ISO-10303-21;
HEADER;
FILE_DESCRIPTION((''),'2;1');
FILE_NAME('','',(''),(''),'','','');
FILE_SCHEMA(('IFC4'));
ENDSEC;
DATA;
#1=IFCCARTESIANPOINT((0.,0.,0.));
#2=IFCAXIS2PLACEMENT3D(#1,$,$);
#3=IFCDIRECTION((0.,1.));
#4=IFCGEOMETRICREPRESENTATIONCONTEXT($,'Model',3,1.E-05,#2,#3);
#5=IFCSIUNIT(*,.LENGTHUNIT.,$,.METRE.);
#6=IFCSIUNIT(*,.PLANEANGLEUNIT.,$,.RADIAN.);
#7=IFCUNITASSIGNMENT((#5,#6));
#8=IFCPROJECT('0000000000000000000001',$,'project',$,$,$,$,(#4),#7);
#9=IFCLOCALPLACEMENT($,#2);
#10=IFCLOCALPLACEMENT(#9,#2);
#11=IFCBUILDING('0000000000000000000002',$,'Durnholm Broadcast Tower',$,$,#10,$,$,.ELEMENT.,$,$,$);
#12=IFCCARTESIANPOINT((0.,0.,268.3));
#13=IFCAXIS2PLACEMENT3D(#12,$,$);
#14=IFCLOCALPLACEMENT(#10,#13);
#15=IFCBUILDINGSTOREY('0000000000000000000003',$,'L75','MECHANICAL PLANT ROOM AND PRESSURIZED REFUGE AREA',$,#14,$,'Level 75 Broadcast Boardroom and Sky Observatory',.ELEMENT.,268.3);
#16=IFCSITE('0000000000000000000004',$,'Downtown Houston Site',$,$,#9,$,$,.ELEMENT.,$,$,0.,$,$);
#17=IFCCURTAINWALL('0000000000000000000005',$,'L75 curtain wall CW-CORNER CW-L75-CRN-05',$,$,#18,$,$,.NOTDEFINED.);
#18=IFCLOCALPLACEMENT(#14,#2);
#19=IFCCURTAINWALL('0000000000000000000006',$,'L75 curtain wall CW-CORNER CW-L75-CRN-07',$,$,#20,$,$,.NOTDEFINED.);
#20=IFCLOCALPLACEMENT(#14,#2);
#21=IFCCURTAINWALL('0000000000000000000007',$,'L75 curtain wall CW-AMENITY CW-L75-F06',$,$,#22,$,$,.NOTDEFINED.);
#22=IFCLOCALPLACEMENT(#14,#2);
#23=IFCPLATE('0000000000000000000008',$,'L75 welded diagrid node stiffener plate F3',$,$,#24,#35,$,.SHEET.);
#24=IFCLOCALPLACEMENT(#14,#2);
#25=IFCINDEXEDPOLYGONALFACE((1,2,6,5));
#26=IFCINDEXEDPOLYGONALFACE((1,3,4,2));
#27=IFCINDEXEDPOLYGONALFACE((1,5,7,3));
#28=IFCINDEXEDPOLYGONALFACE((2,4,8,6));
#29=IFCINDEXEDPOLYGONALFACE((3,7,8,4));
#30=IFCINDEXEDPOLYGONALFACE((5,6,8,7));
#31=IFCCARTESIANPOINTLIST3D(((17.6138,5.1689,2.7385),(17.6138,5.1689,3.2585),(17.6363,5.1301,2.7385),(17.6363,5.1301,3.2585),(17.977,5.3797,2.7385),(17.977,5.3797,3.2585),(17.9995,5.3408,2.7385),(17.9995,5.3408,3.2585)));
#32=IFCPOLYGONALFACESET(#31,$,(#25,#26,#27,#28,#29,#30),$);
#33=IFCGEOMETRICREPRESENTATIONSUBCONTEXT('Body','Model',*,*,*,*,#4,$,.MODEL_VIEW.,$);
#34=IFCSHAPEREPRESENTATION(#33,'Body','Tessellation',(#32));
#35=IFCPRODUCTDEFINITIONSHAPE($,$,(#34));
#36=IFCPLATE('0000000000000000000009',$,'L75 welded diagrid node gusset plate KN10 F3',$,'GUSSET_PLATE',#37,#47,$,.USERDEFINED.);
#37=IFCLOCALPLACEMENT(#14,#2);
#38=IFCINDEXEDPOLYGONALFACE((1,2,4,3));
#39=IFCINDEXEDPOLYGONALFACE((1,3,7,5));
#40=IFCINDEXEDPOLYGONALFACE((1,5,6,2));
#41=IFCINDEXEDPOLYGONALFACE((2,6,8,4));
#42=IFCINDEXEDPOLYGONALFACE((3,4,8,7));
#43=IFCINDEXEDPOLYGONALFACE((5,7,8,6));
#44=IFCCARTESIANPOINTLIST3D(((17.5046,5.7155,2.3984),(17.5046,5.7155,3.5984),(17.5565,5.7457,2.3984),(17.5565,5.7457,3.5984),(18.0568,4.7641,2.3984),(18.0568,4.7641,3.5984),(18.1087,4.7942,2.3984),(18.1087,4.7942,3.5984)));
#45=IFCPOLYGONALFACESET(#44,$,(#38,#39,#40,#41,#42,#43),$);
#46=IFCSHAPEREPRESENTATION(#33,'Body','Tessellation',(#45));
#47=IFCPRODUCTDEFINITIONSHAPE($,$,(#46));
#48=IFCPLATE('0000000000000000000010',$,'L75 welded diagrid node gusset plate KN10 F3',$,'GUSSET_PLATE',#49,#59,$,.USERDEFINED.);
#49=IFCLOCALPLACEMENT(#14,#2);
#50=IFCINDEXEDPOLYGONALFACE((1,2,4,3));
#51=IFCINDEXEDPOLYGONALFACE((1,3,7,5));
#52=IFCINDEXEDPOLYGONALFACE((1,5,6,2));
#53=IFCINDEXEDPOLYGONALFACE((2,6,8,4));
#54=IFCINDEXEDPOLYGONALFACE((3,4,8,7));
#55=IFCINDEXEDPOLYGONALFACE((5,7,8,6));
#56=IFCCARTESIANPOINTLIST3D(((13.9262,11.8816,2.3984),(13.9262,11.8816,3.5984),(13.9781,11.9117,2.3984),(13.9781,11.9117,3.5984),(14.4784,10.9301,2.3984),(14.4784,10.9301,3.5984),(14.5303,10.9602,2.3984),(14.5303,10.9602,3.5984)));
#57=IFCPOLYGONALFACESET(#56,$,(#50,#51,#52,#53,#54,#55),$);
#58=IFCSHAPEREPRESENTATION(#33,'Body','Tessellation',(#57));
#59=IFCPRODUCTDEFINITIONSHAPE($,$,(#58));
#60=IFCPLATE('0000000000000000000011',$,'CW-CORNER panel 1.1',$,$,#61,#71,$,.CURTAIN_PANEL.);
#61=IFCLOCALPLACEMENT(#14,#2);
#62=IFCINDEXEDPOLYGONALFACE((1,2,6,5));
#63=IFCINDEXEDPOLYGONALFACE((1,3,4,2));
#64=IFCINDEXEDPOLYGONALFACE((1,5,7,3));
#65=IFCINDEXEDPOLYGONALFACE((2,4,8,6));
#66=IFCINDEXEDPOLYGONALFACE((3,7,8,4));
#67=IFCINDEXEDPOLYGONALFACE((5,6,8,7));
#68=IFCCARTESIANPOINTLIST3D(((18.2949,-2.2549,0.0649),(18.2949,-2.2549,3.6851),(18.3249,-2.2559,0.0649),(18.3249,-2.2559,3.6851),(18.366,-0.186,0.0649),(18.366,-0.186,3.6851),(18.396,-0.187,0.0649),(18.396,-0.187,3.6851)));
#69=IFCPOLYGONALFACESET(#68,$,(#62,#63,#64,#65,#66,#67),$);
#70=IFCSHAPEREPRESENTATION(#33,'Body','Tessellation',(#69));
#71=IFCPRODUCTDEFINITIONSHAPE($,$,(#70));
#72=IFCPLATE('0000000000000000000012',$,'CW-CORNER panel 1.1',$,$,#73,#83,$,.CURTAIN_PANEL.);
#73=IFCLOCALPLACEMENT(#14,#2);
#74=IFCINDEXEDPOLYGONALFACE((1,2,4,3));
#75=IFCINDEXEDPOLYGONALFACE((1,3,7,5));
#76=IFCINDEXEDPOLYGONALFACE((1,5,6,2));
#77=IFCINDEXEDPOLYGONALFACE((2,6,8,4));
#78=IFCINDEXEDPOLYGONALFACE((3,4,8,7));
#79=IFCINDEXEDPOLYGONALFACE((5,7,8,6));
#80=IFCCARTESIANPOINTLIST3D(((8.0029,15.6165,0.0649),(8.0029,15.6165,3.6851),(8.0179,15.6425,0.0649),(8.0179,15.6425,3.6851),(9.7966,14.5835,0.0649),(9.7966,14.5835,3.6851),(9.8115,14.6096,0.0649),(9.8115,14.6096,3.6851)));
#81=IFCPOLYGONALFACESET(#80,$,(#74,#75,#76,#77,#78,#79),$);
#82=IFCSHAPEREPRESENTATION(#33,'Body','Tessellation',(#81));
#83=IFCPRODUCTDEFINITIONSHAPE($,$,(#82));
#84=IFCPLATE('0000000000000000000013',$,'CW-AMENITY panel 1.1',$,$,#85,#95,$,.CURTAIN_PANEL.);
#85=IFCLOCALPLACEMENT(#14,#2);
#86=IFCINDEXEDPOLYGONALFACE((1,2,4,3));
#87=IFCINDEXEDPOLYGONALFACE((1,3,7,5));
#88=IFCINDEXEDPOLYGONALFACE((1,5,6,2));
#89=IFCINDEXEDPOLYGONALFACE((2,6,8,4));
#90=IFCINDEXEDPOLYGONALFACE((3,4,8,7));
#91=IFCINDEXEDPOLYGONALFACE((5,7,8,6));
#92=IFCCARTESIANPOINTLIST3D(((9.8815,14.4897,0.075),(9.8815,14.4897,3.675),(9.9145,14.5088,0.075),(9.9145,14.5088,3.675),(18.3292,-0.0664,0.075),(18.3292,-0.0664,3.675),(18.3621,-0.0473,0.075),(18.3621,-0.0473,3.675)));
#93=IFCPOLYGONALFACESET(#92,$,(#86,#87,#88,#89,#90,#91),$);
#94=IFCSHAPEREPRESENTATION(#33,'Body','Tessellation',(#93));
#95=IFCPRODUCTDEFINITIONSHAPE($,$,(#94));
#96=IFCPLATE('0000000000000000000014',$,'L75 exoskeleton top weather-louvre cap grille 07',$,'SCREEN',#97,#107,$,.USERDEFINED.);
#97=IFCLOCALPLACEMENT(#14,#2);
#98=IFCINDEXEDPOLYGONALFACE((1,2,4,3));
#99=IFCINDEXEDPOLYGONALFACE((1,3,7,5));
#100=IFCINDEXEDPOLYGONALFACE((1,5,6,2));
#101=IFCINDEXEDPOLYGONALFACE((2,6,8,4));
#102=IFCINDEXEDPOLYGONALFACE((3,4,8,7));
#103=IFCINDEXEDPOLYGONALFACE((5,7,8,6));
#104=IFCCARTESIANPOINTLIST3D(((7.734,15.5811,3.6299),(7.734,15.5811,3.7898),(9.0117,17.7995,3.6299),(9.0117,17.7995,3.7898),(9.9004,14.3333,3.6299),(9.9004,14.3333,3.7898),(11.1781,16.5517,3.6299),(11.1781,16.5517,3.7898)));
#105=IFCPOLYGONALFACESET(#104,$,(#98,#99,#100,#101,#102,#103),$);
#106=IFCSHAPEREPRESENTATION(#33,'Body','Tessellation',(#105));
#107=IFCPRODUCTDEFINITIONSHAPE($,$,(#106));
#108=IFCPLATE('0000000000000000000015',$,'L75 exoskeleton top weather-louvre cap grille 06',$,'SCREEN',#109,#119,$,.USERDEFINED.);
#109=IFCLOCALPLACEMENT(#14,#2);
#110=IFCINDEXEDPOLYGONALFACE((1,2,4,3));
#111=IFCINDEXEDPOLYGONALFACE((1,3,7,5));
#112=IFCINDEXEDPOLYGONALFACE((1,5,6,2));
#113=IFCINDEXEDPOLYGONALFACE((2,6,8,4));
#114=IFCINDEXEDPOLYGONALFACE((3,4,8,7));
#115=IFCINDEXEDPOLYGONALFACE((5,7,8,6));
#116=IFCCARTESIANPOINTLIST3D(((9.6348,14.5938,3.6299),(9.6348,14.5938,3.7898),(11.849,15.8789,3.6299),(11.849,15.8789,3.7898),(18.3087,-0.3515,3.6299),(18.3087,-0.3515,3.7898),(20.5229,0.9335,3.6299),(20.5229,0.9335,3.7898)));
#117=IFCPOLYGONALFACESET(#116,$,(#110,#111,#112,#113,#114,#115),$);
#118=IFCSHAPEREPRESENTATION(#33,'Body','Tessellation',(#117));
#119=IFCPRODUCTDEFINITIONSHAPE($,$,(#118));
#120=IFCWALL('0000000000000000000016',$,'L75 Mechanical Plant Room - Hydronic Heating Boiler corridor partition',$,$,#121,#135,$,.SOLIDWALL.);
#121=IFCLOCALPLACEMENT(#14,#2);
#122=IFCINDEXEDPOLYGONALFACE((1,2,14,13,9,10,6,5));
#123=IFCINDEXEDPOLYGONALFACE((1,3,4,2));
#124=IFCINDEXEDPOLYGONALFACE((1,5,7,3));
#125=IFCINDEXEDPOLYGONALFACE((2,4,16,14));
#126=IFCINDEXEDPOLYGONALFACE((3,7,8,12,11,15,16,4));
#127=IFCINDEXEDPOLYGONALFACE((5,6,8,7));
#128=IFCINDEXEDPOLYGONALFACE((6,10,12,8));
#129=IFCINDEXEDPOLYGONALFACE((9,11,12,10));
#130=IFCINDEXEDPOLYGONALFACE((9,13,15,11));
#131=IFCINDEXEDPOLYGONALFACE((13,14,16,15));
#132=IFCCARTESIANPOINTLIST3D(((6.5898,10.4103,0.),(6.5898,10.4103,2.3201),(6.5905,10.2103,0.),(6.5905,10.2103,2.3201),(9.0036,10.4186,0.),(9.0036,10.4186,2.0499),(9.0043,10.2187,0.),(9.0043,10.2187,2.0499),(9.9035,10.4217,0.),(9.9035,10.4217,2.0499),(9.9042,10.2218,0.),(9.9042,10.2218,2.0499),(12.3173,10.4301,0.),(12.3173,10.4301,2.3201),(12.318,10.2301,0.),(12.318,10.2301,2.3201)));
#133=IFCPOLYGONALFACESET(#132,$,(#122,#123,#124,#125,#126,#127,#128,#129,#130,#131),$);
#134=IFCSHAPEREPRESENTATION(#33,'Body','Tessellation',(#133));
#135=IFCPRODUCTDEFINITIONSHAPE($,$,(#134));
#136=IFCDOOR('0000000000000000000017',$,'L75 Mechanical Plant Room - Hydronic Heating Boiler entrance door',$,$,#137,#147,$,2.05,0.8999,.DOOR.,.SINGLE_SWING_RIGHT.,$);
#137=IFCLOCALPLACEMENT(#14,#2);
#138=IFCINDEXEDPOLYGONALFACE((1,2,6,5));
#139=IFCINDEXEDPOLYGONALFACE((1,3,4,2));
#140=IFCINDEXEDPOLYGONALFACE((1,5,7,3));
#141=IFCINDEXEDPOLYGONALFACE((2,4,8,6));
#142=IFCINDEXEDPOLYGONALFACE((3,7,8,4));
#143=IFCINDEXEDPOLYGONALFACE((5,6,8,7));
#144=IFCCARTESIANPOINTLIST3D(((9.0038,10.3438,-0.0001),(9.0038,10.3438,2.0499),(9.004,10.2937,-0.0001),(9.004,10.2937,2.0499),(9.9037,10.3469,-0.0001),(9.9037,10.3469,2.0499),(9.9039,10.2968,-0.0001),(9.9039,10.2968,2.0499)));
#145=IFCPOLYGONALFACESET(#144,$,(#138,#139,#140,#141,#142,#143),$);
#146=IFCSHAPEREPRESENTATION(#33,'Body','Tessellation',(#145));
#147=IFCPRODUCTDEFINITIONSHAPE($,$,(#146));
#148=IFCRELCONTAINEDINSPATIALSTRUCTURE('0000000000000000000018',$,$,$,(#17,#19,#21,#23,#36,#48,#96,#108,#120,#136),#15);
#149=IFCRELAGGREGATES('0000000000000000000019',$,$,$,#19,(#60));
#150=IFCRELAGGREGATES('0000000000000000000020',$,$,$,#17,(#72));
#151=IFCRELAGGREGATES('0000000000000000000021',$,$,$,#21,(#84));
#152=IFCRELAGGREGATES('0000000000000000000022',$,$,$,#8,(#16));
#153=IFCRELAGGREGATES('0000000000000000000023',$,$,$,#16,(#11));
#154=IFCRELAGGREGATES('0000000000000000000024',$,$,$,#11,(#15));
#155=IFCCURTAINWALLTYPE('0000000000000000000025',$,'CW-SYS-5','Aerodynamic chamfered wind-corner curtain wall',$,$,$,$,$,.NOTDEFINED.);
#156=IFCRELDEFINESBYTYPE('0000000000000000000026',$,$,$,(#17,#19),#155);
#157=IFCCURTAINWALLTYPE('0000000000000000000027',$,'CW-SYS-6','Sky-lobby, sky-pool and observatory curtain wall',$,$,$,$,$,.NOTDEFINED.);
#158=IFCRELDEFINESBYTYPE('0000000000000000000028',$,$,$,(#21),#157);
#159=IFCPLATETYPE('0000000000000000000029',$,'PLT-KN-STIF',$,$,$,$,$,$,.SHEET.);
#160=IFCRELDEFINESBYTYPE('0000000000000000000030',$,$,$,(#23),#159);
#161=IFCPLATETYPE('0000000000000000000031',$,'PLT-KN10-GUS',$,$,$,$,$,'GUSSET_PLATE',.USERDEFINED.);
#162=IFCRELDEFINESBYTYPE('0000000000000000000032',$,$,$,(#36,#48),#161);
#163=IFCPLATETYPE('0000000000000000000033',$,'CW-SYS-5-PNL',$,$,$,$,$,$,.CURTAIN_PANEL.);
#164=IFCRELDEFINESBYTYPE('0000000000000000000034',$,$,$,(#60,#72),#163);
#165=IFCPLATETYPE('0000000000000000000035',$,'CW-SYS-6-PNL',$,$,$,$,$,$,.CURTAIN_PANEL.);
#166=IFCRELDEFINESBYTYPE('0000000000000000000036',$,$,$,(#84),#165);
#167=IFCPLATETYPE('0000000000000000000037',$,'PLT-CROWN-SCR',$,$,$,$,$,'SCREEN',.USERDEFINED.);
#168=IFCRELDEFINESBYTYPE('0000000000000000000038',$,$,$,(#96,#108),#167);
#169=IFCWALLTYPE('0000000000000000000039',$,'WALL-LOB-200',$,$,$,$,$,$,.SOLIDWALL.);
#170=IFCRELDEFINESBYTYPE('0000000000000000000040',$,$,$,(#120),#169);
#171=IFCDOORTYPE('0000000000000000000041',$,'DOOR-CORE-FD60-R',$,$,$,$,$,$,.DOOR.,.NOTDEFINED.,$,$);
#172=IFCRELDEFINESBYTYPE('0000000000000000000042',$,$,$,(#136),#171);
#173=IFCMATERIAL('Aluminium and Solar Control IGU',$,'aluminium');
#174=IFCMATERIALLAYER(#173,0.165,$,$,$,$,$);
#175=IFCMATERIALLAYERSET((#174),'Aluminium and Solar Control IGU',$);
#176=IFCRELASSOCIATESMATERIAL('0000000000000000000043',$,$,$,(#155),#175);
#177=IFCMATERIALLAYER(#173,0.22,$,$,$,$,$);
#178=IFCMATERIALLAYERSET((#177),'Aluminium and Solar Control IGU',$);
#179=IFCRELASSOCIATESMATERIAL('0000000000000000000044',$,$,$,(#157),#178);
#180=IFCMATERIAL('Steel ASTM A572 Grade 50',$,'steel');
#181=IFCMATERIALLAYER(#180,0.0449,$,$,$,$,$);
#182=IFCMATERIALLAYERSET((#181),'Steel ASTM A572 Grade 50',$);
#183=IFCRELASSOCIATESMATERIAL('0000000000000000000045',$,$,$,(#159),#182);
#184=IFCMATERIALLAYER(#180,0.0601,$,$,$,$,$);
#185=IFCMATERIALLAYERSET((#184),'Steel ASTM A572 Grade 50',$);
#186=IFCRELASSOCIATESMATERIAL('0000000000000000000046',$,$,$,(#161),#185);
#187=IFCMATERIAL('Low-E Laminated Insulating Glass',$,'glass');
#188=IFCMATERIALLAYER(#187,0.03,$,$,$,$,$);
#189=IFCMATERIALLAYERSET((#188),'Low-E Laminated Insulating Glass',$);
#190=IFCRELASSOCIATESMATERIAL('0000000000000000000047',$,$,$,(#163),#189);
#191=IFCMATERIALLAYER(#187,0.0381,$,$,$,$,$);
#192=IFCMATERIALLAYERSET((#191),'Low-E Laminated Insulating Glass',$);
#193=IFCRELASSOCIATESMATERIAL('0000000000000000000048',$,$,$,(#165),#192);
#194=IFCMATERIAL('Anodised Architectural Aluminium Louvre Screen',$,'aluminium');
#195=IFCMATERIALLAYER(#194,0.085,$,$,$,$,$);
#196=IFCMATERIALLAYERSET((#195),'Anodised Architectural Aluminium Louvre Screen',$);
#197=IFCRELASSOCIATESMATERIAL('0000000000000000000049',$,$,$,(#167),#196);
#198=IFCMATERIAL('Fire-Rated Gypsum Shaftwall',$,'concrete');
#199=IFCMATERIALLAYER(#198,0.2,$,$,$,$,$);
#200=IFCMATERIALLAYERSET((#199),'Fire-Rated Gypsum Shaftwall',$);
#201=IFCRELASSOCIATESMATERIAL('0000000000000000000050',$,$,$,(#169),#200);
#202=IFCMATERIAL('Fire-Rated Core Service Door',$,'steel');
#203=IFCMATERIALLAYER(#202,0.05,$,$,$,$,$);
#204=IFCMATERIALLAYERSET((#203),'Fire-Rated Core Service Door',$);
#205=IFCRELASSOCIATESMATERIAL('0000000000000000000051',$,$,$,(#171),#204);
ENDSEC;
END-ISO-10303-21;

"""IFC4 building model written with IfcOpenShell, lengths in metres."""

from ifc_helpers import new_model, si_unit, direction, frame, frame_2d, origin, origin_2d, place, context, subcontext, project, spatial, rectangle, extrude, source, transform, mapped, material, layer, layer_set, type_object, type_shapes, element, fill, aggregate, save


model = new_model("IFC4")

# Units and contexts
model_context = context("Model", 3, precision=1e-05, world=origin(), true_north=direction((0.0, 1.0)))
body_context = subcontext(model_context, "Body", "Model", "MODEL_VIEW")
ifc_project = project(units=[si_unit("LENGTHUNIT", "METRE"), si_unit("PLANEANGLEUNIT", "RADIAN")], contexts=[model_context])

# Site, building, storey
site_placement = place(None, origin())
site = spatial("IfcSite", under=ifc_project, at=site_placement, Name="Downtown Houston Site", CompositionType="ELEMENT", RefElevation=0.0)
building_placement = place(site_placement, origin())
building = spatial("IfcBuilding", under=site, at=building_placement, Name="Durnholm Broadcast Tower", CompositionType="ELEMENT")
storey_placement = place(building_placement, frame((0.0, 0.0, 268.3)))
storey = spatial("IfcBuildingStorey", under=building, at=storey_placement, Name="L75", Description="MECHANICAL PLANT ROOM AND PRESSURIZED REFUGE AREA", LongName="Level 75 Broadcast Boardroom and Sky Observatory", CompositionType="ELEMENT", Elevation=268.3)

# Curtain wall
ifc_material_1 = material(Name="Aluminium and Solar Control IGU", Category="aluminium")
ifc_layer_1 = layer(ifc_material_1, 0.165)
ifc_layer_set_1 = layer_set([ifc_layer_1], Name="Aluminium and Solar Control IGU")
curtain_wall_type_1 = type_object("IfcCurtainWallType", Name="CW-SYS-5", Description="Aerodynamic chamfered wind-corner curtain wall", PredefinedType="NOTDEFINED", material=ifc_layer_set_1)
curtain_wall_1_placement = place(storey_placement, origin())
curtain_wall_1 = element("IfcCurtainWall", 1, at=curtain_wall_1_placement, inside=storey, type_object=curtain_wall_type_1, Name="L75 curtain wall CW-CORNER CW-L75-CRN-05", PredefinedType="NOTDEFINED")

# Curtain wall
curtain_wall_2_placement = place(storey_placement, origin())
curtain_wall_2 = element("IfcCurtainWall", 2, at=curtain_wall_2_placement, inside=storey, type_object=curtain_wall_type_1, Name="L75 curtain wall CW-CORNER CW-L75-CRN-07", PredefinedType="NOTDEFINED")

# Curtain wall
ifc_layer_2 = layer(ifc_material_1, 0.22)
ifc_layer_set_2 = layer_set([ifc_layer_2], Name="Aluminium and Solar Control IGU")
curtain_wall_type_2 = type_object("IfcCurtainWallType", Name="CW-SYS-6", Description="Sky-lobby, sky-pool and observatory curtain wall", PredefinedType="NOTDEFINED", material=ifc_layer_set_2)
curtain_wall_3_placement = place(storey_placement, origin())
curtain_wall_3 = element("IfcCurtainWall", 3, at=curtain_wall_3_placement, inside=storey, type_object=curtain_wall_type_2, Name="L75 curtain wall CW-AMENITY CW-L75-F06", PredefinedType="NOTDEFINED")

# Plates
ifc_material_2 = material(Name="Steel ASTM A572 Grade 50", Category="steel")
ifc_layer_3 = layer(ifc_material_2, 0.0449)
ifc_layer_set_3 = layer_set([ifc_layer_3], Name="Steel ASTM A572 Grade 50")
plate_type_1 = type_object("IfcPlateType", Name="PLT-KN-STIF", PredefinedType="SHEET", material=ifc_layer_set_3)
shared_shape_1 = source(origin(), body_context, "Body", "SweptSolid", [
    extrude(rectangle(XDim=0.0449, YDim=0.4199, at=origin_2d()), origin(), (0.0, 0.0, 1.0), 0.52),
])
type_shapes(plate_type_1, [shared_shape_1])
plate_1_placement = place(storey_placement, frame((17.8066, 5.2549, 2.7385), z_axis=(0.0, 0.0, 1.0), x_axis=(-0.501964, 0.864889, 0.0)))
element("IfcPlate", 4, at=plate_1_placement, inside=storey, type_object=plate_type_1, Name="L75 welded diagrid node stiffener plate F3", PredefinedType="SHEET", context=body_context, shape_type="MappedRepresentation", body=[
    mapped(shared_shape_1, transform((0.0, 0.0, 0.0), x_axis=(1.0, 0.0, 0.0), y_axis=(0.0, 1.0, 0.0), z_axis=(0.0, 0.0, 1.0), scale=1.0)),
])
ifc_layer_4 = layer(ifc_material_2, 0.0601)
ifc_layer_set_4 = layer_set([ifc_layer_4], Name="Steel ASTM A572 Grade 50")
plate_type_2 = type_object("IfcPlateType", Name="PLT-KN10-GUS", ElementType="GUSSET_PLATE", PredefinedType="USERDEFINED", material=ifc_layer_set_4)
shared_shape_2 = source(origin(), body_context, "Body", "SweptSolid", [
    extrude(rectangle(XDim=1.1001, YDim=0.0601, at=origin_2d()), origin(), (0.0, 0.0, 1.0), 1.2),
])
type_shapes(plate_type_2, [shared_shape_2])
for number, where, z_axis, x_axis, name in (
    (5, (17.8066, 5.2549, 2.3984), (0.0, 0.0, 1.0), (-0.501964, 0.864889, 0.0), "L75 welded diagrid node gusset plate KN10 F3"),
    (6, (14.2283, 11.4209, 2.3984), (0.0, 0.0, 1.0), (-0.501964, 0.864889, 0.0), "L75 welded diagrid node gusset plate KN10 F3"),
):
    element("IfcPlate", number, at=place(storey_placement, frame(where, z_axis=z_axis, x_axis=x_axis)), inside=storey, type_object=plate_type_2, Name=name, ObjectType="GUSSET_PLATE", PredefinedType="USERDEFINED", context=body_context, shape_type="MappedRepresentation", body=[
        mapped(shared_shape_2, transform((0.0, 0.0, 0.0), x_axis=(1.0, 0.0, 0.0), y_axis=(0.0, 1.0, 0.0), z_axis=(0.0, 0.0, 1.0), scale=1.0)),
    ])

# Plates
ifc_material_3 = material(Name="Low-E Laminated Insulating Glass", Category="glass")
ifc_layer_5 = layer(ifc_material_3, 0.03)
ifc_layer_set_5 = layer_set([ifc_layer_5], Name="Low-E Laminated Insulating Glass")
plate_type_3 = type_object("IfcPlateType", Name="CW-SYS-5-PNL", PredefinedType="CURTAIN_PANEL", material=ifc_layer_set_5)
shared_shape_3 = source(origin(), body_context, "Body", "SweptSolid", [
    extrude(rectangle(XDim=2.0701, YDim=0.03, at=origin_2d()), origin(), (0.0, 0.0, 1.0), 3.6201),
])
plate_2_placement = place(storey_placement, frame((18.3455, -1.2209, 0.0649), z_axis=(0.0, 0.0, 1.0), x_axis=(-0.034318, -0.999411, 0.0)))
plate_2 = element("IfcPlate", 7, at=plate_2_placement, type_object=plate_type_3, Name="CW-CORNER panel 1.1", PredefinedType="CURTAIN_PANEL", context=body_context, shape_type="MappedRepresentation", body=[
    mapped(shared_shape_3, transform((0.0, 0.0, 0.0), x_axis=(1.0, 0.0, 0.0), y_axis=(0.0, 1.0, 0.0), z_axis=(0.0, 0.0, 1.0), scale=1.0)),
])
aggregate(curtain_wall_2, [plate_2])
shared_shape_4 = source(origin(), body_context, "Body", "SweptSolid", [
    extrude(rectangle(XDim=2.0698, YDim=0.03, at=origin_2d()), origin(), (0.0, 0.0, 1.0), 3.6201),
])
type_shapes(plate_type_3, [shared_shape_3, shared_shape_4])
plate_3_placement = place(storey_placement, frame((8.9072, 15.113, 0.0649), z_axis=(0.0, 0.0, 1.0), x_axis=(0.866568, -0.499059, 0.0)))
plate_3 = element("IfcPlate", 8, at=plate_3_placement, type_object=plate_type_3, Name="CW-CORNER panel 1.1", PredefinedType="CURTAIN_PANEL", context=body_context, shape_type="MappedRepresentation", body=[
    mapped(shared_shape_4, transform((0.0, 0.0, 0.0), x_axis=(1.0, 0.0, 0.0), y_axis=(0.0, 1.0, 0.0), z_axis=(0.0, 0.0, 1.0), scale=1.0)),
])
aggregate(curtain_wall_1, [plate_3])
ifc_layer_6 = layer(ifc_material_3, 0.0381)
ifc_layer_set_6 = layer_set([ifc_layer_6], Name="Low-E Laminated Insulating Glass")
plate_type_4 = type_object("IfcPlateType", Name="CW-SYS-6-PNL", PredefinedType="CURTAIN_PANEL", material=ifc_layer_set_6)
shared_shape_5 = source(origin(), body_context, "Body", "SweptSolid", [
    extrude(rectangle(XDim=16.8298, YDim=0.0381, at=origin_2d()), origin(), (0.0, 0.0, 1.0), 3.6001),
])
type_shapes(plate_type_4, [shared_shape_5])
plate_4_placement = place(storey_placement, frame((14.1218, 7.2212, 0.075), z_axis=(0.0, 0.0, 1.0), x_axis=(0.501944, -0.8649, 0.0)))
plate_4 = element("IfcPlate", 9, at=plate_4_placement, type_object=plate_type_4, Name="CW-AMENITY panel 1.1", PredefinedType="CURTAIN_PANEL", context=body_context, shape_type="MappedRepresentation", body=[
    mapped(shared_shape_5, transform((0.0, 0.0, 0.0), x_axis=(1.0, 0.0, 0.0), y_axis=(0.0, 1.0, 0.0), z_axis=(0.0, 0.0, 1.0), scale=1.0)),
])
aggregate(curtain_wall_3, [plate_4])

# Plates
ifc_material_4 = material(Name="Anodised Architectural Aluminium Louvre Screen", Category="aluminium")
ifc_layer_7 = layer(ifc_material_4, 0.085)
ifc_layer_set_7 = layer_set([ifc_layer_7], Name="Anodised Architectural Aluminium Louvre Screen")
plate_type_5 = type_object("IfcPlateType", Name="PLT-CROWN-SCR", ElementType="SCREEN", PredefinedType="USERDEFINED", material=ifc_layer_set_7)
shared_shape_6 = source(origin(), body_context, "Body", "SweptSolid", [
    extrude(rectangle(XDim=2.5, YDim=2.5601, at=origin_2d()), origin(), (0.0, 0.0, 1.0), 0.1599),
])
plate_5_placement = place(storey_placement, frame((9.4561, 16.0664, 3.6299), z_axis=(0.0, 0.0, 1.0), x_axis=(-0.866549, 0.499093, 0.0)))
element("IfcPlate", 10, at=plate_5_placement, inside=storey, type_object=plate_type_5, Name="L75 exoskeleton top weather-louvre cap grille 07", ObjectType="SCREEN", PredefinedType="USERDEFINED", context=body_context, shape_type="MappedRepresentation", body=[
    mapped(shared_shape_6, transform((0.0, 0.0, 0.0), x_axis=(1.0, 0.0, 0.0), y_axis=(0.0, 1.0, 0.0), z_axis=(0.0, 0.0, 1.0), scale=1.0)),
])
shared_shape_7 = source(origin(), body_context, "Body", "SweptSolid", [
    extrude(rectangle(XDim=17.28, YDim=2.5601, at=origin_2d()), origin(), (0.0, 0.0, 1.0), 0.1599),
])
type_shapes(plate_type_5, [shared_shape_6, shared_shape_7])
plate_6_placement = place(storey_placement, frame((15.0789, 7.7637, 3.6299), z_axis=(0.0, 0.0, 1.0), x_axis=(-0.501964, 0.864889, 0.0)))
element("IfcPlate", 11, at=plate_6_placement, inside=storey, type_object=plate_type_5, Name="L75 exoskeleton top weather-louvre cap grille 06", ObjectType="SCREEN", PredefinedType="USERDEFINED", context=body_context, shape_type="MappedRepresentation", body=[
    mapped(shared_shape_7, transform((0.0, 0.0, 0.0), x_axis=(1.0, 0.0, 0.0), y_axis=(0.0, 1.0, 0.0), z_axis=(0.0, 0.0, 1.0), scale=1.0)),
])

# Wall, opening, door
ifc_material_5 = material(Name="Fire-Rated Gypsum Shaftwall", Category="concrete")
ifc_layer_8 = layer(ifc_material_5, 0.2)
ifc_layer_set_8 = layer_set([ifc_layer_8], Name="Fire-Rated Gypsum Shaftwall")
wall_type_1 = type_object("IfcWallType", Name="WALL-LOB-200", PredefinedType="SOLIDWALL", material=ifc_layer_set_8)
wall_1_placement = place(storey_placement, frame((12.3176, 10.3301, 0.0), z_axis=(0.0, 0.0, 1.0), x_axis=(-0.999994, -0.003453, 0.0)))
wall_1 = element("IfcWall", 12, at=wall_1_placement, inside=storey, type_object=wall_type_1, Name="L75 Mechanical Plant Room - Hydronic Heating Boiler corridor partition", PredefinedType="SOLIDWALL", context=body_context, shape_type="SweptSolid", body=[
    extrude(rectangle(XDim=5.7275, YDim=0.2, at=frame_2d((2.8638, 0.0))), origin(), (0.0, 0.0, 1.0), 2.3201),
])
opening_1_placement = place(wall_1_placement, frame((2.4138, 0.0, 0.0)))
opening_1 = element("IfcOpeningElement", 13, at=opening_1_placement, cuts=wall_1, PredefinedType="OPENING", context=body_context, shape_type="SweptSolid", body=[
    extrude(rectangle(XDim=0.8999, YDim=2.05, at=frame_2d((0.45, 1.0249))), frame((0.0, 0.1099, 0.0), z_axis=(0.0, -1.0, 0.0), x_axis=(1.0, 0.0, 0.0)), (0.0, 0.0, 1.0), 0.22),
])
ifc_material_6 = material(Name="Fire-Rated Core Service Door", Category="steel")
ifc_layer_9 = layer(ifc_material_6, 0.05)
ifc_layer_set_9 = layer_set([ifc_layer_9], Name="Fire-Rated Core Service Door")
door_type_1 = type_object("IfcDoorType", Name="DOOR-CORE-FD60-R", OperationType="NOTDEFINED", PredefinedType="DOOR", material=ifc_layer_set_9)
shared_shape_8 = source(origin(), body_context, "Body", "SweptSolid", [
    extrude(rectangle(XDim=0.8999, YDim=2.05, at=frame_2d((0.45, 1.0249))), frame((0.0, 0.0249, 0.0), z_axis=(0.0, -1.0, 0.0), x_axis=(1.0, 0.0, 0.0)), (0.0, 0.0, 1.0), 0.05),
])
type_shapes(door_type_1, [shared_shape_8])
door_1_placement = place(opening_1_placement, origin())
door_1 = element("IfcDoor", 14, at=door_1_placement, inside=storey, type_object=door_type_1, Name="L75 Mechanical Plant Room - Hydronic Heating Boiler entrance door", OperationType="SINGLE_SWING_RIGHT", OverallHeight=2.05, OverallWidth=0.8999, PredefinedType="DOOR", context=body_context, shape_type="MappedRepresentation", body=[
    mapped(shared_shape_8, transform((0.0, 0.0, 0.0), x_axis=(1.0, 0.0, 0.0), y_axis=(0.0, 1.0, 0.0), z_axis=(0.0, 0.0, 1.0), scale=1.0)),
])
fill(opening_1, door_1)

save(model, "model.ifc")
